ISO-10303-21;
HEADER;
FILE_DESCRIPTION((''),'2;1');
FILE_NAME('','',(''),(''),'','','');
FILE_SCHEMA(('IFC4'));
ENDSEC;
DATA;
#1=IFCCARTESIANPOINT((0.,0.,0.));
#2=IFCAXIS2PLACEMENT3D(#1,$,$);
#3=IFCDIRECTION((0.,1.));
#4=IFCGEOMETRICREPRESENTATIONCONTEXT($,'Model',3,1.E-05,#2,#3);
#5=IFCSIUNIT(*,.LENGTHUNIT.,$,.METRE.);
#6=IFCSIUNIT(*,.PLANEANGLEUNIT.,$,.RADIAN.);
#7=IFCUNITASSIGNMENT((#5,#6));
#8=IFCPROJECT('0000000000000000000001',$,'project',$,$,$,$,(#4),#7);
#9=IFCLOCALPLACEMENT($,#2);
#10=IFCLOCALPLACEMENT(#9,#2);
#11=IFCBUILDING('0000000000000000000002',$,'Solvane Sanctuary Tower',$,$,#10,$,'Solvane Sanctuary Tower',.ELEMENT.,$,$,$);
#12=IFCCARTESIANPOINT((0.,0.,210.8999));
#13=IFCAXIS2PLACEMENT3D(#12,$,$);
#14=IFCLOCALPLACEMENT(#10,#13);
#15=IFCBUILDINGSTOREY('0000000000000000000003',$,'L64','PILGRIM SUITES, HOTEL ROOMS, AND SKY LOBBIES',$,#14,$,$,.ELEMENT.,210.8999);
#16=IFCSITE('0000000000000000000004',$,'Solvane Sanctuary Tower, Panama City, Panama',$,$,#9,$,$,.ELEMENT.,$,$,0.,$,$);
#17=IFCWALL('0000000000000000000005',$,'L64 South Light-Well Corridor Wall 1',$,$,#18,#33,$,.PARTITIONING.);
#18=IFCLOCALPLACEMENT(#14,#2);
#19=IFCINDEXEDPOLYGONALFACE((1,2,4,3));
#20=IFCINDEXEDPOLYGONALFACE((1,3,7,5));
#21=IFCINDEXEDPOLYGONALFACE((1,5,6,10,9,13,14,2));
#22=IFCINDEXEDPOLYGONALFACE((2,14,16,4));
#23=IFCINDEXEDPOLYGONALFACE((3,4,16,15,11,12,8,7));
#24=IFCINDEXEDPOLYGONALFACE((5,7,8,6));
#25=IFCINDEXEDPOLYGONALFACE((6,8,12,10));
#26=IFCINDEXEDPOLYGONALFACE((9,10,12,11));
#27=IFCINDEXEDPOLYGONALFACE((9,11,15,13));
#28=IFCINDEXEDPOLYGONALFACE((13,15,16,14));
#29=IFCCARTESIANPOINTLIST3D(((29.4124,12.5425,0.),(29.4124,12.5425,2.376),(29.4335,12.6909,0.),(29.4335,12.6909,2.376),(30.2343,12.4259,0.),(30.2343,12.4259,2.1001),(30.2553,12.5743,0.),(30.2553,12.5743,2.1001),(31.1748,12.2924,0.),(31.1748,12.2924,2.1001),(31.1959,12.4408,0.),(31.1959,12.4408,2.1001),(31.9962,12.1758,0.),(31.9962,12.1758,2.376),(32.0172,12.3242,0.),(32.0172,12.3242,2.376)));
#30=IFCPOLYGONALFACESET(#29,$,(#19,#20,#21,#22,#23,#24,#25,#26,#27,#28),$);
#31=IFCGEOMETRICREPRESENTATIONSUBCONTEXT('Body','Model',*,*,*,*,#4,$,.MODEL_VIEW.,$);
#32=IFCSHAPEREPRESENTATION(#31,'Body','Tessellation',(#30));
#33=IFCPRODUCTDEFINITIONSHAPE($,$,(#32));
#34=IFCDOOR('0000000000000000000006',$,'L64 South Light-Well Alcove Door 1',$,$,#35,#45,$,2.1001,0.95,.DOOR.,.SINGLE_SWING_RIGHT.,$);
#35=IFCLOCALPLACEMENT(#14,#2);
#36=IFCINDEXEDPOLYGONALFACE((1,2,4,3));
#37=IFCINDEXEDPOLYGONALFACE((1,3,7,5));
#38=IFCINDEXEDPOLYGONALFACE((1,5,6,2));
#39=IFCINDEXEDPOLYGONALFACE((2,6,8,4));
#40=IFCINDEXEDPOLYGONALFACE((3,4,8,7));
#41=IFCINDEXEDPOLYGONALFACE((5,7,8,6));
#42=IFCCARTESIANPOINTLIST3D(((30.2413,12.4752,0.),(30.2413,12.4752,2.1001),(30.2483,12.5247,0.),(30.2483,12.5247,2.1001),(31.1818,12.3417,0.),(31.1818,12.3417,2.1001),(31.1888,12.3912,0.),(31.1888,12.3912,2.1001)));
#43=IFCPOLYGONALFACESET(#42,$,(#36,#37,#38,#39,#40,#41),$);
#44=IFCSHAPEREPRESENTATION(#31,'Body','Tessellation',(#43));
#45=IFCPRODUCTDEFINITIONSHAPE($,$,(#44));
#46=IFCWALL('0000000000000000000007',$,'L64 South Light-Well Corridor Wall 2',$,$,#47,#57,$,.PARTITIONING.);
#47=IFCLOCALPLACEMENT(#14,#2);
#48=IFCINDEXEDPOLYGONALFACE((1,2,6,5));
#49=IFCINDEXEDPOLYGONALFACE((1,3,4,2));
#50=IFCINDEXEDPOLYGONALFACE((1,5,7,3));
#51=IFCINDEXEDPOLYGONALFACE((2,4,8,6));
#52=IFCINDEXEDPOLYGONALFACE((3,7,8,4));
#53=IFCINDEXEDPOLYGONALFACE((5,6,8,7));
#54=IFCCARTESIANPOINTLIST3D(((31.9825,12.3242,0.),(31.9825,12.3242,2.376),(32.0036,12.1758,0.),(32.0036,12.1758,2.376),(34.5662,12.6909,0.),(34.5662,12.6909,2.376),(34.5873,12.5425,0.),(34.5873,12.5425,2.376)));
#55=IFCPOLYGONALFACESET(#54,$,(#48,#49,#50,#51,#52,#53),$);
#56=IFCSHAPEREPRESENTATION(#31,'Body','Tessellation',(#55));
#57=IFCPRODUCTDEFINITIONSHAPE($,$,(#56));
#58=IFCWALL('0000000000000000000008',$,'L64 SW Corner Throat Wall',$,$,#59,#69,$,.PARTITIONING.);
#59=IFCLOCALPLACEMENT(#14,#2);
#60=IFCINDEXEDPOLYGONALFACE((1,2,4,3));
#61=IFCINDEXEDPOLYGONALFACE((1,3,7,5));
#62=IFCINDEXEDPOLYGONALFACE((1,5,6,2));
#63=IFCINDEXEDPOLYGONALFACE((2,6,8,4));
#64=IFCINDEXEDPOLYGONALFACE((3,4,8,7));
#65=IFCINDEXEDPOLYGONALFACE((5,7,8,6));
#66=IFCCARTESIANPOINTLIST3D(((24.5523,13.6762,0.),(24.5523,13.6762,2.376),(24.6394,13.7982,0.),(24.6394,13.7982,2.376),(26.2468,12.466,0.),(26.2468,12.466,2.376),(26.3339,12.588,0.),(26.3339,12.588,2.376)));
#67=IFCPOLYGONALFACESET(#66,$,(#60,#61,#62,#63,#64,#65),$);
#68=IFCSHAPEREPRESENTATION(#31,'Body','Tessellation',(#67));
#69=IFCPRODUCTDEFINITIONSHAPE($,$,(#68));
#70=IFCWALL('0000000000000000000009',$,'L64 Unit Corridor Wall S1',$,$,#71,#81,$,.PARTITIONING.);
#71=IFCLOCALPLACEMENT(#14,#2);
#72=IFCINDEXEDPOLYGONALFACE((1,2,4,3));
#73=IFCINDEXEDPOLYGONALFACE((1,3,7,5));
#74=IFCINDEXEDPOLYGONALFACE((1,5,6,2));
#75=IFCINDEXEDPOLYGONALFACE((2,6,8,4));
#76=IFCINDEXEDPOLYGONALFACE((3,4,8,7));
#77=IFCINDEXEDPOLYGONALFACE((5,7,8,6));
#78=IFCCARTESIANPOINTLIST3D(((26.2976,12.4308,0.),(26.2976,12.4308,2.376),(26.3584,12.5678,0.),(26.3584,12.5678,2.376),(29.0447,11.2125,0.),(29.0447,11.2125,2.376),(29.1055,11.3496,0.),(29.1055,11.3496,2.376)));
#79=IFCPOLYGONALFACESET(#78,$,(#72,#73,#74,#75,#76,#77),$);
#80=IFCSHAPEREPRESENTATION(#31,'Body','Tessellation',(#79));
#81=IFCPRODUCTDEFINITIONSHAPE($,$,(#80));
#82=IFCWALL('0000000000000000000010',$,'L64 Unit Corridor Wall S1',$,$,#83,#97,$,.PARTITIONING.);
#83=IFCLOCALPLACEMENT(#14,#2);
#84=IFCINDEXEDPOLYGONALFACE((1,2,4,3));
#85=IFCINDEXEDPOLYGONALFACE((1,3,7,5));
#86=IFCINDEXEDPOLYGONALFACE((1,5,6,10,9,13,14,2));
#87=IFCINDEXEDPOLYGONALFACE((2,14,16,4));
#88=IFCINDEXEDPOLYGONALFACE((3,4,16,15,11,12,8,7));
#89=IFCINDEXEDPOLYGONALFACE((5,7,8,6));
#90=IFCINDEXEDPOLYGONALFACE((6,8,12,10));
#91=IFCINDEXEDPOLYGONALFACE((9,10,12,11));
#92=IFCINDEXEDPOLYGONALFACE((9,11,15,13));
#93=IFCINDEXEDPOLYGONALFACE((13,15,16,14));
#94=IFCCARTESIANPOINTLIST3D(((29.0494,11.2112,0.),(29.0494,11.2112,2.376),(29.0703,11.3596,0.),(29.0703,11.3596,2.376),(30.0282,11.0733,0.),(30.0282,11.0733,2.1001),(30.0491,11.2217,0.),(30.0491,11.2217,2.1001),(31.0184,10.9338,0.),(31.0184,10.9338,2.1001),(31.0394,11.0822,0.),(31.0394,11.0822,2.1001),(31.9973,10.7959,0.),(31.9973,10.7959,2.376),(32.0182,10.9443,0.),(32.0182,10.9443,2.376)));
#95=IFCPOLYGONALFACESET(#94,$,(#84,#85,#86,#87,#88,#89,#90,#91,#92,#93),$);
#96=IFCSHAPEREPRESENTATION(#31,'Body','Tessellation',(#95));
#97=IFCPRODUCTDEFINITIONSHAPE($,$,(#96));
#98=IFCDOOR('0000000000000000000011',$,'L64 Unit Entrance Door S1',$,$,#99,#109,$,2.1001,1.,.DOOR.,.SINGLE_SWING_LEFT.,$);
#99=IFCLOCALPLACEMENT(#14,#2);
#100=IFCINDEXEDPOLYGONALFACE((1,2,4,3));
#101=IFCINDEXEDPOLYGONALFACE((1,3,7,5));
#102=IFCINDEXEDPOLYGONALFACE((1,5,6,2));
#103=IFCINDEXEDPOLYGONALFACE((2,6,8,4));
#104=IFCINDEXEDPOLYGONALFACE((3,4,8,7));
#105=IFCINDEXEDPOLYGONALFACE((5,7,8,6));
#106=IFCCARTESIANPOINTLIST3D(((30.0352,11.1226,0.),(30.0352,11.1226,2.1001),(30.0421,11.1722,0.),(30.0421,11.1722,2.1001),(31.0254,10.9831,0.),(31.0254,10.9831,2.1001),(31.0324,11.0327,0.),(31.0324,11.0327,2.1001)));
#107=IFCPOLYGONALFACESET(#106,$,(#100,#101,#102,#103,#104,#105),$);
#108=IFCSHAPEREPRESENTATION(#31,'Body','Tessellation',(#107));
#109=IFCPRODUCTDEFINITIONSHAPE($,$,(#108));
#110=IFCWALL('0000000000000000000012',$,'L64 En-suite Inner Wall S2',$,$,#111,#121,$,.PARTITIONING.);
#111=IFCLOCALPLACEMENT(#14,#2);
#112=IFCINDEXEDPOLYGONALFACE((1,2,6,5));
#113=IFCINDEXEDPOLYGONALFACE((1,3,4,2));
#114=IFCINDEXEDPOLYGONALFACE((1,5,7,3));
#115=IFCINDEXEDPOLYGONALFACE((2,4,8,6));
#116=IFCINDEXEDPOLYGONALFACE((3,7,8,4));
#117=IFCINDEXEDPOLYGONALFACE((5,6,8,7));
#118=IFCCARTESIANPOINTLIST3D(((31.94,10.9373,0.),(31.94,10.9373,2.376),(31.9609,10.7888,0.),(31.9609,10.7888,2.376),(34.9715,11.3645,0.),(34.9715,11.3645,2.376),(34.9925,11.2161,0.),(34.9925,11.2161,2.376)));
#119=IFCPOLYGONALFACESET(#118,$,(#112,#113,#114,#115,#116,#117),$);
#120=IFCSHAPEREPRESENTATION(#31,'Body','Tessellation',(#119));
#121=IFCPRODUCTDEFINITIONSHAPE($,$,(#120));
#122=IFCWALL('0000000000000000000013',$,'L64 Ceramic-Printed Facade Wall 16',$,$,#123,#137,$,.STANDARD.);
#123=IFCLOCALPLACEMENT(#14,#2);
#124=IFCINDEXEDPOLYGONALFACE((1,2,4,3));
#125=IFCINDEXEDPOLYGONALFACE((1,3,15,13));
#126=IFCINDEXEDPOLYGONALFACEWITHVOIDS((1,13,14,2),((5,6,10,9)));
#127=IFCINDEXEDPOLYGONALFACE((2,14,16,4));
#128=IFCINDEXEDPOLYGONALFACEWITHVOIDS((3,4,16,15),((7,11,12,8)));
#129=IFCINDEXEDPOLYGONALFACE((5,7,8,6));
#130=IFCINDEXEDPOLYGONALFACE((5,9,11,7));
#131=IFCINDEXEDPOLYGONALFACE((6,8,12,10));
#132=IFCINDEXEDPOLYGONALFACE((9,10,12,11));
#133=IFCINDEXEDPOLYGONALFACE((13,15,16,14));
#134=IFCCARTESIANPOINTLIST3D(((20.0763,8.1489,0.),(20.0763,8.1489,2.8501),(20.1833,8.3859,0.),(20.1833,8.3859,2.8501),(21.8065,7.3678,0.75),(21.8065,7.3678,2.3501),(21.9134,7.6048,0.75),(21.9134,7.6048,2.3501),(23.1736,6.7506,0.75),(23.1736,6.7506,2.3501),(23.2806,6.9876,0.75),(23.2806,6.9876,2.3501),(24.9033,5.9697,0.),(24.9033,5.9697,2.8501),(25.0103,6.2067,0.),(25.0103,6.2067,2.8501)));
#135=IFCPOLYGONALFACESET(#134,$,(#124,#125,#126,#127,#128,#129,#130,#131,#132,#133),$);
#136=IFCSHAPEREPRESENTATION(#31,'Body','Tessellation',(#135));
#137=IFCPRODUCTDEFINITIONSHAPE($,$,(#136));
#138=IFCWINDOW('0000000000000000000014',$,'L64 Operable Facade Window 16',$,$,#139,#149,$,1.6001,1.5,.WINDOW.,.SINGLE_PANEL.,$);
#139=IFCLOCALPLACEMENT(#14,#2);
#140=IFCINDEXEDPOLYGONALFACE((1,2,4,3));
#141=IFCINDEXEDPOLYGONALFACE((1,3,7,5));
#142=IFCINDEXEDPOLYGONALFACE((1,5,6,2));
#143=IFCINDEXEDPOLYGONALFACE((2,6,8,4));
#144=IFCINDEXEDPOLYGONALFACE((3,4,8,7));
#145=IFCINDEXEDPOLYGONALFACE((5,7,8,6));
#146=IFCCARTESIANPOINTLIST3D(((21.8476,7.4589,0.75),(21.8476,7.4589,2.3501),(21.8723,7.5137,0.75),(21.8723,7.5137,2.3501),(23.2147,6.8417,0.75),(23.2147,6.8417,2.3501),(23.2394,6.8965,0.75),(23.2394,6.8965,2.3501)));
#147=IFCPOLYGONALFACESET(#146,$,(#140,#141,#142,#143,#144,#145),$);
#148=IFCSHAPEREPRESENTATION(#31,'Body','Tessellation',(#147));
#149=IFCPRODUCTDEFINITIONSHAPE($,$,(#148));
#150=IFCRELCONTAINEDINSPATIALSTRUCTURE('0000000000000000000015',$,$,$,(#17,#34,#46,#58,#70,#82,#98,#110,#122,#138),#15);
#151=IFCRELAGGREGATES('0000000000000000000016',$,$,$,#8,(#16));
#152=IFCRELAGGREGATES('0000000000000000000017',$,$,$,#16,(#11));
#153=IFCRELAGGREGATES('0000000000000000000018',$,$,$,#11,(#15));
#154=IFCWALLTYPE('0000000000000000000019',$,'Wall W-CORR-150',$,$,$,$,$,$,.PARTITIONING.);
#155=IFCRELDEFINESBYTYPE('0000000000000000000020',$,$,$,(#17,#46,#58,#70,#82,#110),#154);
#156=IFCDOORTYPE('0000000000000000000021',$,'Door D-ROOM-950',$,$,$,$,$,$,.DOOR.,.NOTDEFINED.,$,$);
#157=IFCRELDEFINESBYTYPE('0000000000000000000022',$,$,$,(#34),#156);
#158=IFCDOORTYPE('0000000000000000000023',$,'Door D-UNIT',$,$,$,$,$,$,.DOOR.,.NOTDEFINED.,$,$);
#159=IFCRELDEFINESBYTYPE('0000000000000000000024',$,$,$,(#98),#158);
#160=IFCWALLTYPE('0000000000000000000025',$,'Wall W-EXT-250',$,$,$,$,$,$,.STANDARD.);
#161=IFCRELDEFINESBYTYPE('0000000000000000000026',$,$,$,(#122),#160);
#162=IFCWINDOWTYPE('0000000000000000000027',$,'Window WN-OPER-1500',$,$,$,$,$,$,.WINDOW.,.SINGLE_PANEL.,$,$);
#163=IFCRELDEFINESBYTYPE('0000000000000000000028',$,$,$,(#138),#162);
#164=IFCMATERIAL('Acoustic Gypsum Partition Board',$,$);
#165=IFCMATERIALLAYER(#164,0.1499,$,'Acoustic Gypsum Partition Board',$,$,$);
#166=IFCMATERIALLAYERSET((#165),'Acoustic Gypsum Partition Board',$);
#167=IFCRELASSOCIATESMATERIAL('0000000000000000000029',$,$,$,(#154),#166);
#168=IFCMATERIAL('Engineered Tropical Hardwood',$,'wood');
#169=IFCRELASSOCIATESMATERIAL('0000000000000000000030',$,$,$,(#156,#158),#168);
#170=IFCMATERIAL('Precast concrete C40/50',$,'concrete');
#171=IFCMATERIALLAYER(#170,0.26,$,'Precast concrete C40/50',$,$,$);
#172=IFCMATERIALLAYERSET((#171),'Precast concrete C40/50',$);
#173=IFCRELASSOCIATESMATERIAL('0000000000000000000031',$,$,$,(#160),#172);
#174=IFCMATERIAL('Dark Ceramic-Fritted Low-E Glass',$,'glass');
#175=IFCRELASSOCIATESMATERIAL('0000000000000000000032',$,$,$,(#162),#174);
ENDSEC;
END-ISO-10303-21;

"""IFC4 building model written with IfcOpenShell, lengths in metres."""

from ifc_helpers import new_model, si_unit, direction, frame, frame_2d, origin, place, context, subcontext, project, spatial, rectangle, extrude, material, layer, layer_set, type_object, element, fill, save


model = new_model("IFC4")

# Units and contexts
model_context = context("Model", 3, precision=1e-05, world=origin(), true_north=direction((0.0, 1.0)))
body_context = subcontext(model_context, "Body", "Model", "MODEL_VIEW")
ifc_project = project(units=[si_unit("LENGTHUNIT", "METRE"), si_unit("PLANEANGLEUNIT", "RADIAN")], contexts=[model_context])

# Site, building, storey
site_placement = place(None, origin())
site = spatial("IfcSite", under=ifc_project, at=site_placement, Name="Solvane Sanctuary Tower, Panama City, Panama", CompositionType="ELEMENT", RefElevation=0.0)
building_placement = place(site_placement, origin())
building = spatial("IfcBuilding", under=site, at=building_placement, Name="Solvane Sanctuary Tower", LongName="Solvane Sanctuary Tower", CompositionType="ELEMENT")
storey_placement = place(building_placement, frame((0.0, 0.0, 210.8999)))
storey = spatial("IfcBuildingStorey", under=building, at=storey_placement, Name="L64", Description="PILGRIM SUITES, HOTEL ROOMS, AND SKY LOBBIES", CompositionType="ELEMENT", Elevation=210.8999)

# Shared definitions
ifc_material_1 = material(Name="Acoustic Gypsum Partition Board")
ifc_layer_1 = layer(ifc_material_1, 0.1499, Name="Acoustic Gypsum Partition Board")
ifc_layer_set_1 = layer_set([ifc_layer_1], Name="Acoustic Gypsum Partition Board")
wall_type_1 = type_object("IfcWallType", Name="Wall W-CORR-150", PredefinedType="PARTITIONING", material=ifc_layer_set_1)

# Wall, opening, door
wall_1_placement = place(storey_placement, frame((29.4231, 12.6167, 0.0), z_axis=(0.0, 0.0, 1.0), x_axis=(0.990078, -0.140518, 0.0)))
wall_1 = element("IfcWall", 1, at=wall_1_placement, inside=storey, type_object=wall_type_1, Name="L64 South Light-Well Corridor Wall 1", PredefinedType="PARTITIONING", context=body_context, shape_type="SweptSolid", body=[
    extrude(rectangle(XDim=2.6096, YDim=0.1499, at=frame_2d((1.3047, 0.0))), origin(), (0.0, 0.0, 1.0), 2.376),
])
opening_1_placement = place(wall_1_placement, frame((0.8298, 0.0, 0.0)))
opening_1 = element("IfcOpeningElement", 2, at=opening_1_placement, cuts=wall_1, PredefinedType="OPENING", context=body_context, shape_type="SweptSolid", body=[
    extrude(rectangle(XDim=0.95, YDim=2.1001, at=frame_2d((0.4751, 1.05))), frame((0.0, 0.085, 0.0), z_axis=(0.0, -1.0, 0.0), x_axis=(1.0, 0.0, 0.0)), (0.0, 0.0, 1.0), 0.1699),
])
ifc_material_2 = material(Name="Engineered Tropical Hardwood", Category="wood")
door_type_1 = type_object("IfcDoorType", Name="Door D-ROOM-950", OperationType="NOTDEFINED", PredefinedType="DOOR", material=ifc_material_2)
door_1_placement = place(opening_1_placement, origin())
door_1 = element("IfcDoor", 3, at=door_1_placement, inside=storey, type_object=door_type_1, Name="L64 South Light-Well Alcove Door 1", OperationType="SINGLE_SWING_RIGHT", OverallHeight=2.1001, OverallWidth=0.95, PredefinedType="DOOR", context=body_context, shape_type="SweptSolid", body=[
    extrude(rectangle(XDim=0.95, YDim=2.1001, at=frame_2d((0.4751, 1.05))), frame((0.0, 0.0249, 0.0), z_axis=(0.0, -1.0, 0.0), x_axis=(1.0, 0.0, 0.0)), (0.0, 0.0, 1.0), 0.05),
])
fill(opening_1, door_1)

# Walls
wall_2_placement = place(storey_placement, frame((31.9932, 12.25, 0.0), z_axis=(0.0, 0.0, 1.0), x_axis=(0.990078, 0.140518, 0.0)))
element("IfcWall", 4, at=wall_2_placement, inside=storey, type_object=wall_type_1, Name="L64 South Light-Well Corridor Wall 2", PredefinedType="PARTITIONING", context=body_context, shape_type="SweptSolid", body=[
    extrude(rectangle(XDim=2.6096, YDim=0.1499, at=frame_2d((1.3047, 0.0))), origin(), (0.0, 0.0, 1.0), 2.376),
])
wall_3_placement = place(storey_placement, frame((26.2903, 12.5271, 0.0), z_axis=(0.0, 0.0, 1.0), x_axis=(-0.813781, 0.581172, 0.0)))
element("IfcWall", 5, at=wall_3_placement, inside=storey, type_object=wall_type_1, Name="L64 SW Corner Throat Wall", PredefinedType="PARTITIONING", context=body_context, shape_type="SweptSolid", body=[
    extrude(rectangle(XDim=2.0823, YDim=0.1499, at=frame_2d((1.041, 0.0))), origin(), (0.0, 0.0, 1.0), 2.376),
])
wall_4_placement = place(storey_placement, frame((26.3281, 12.4993, 0.0), z_axis=(0.0, 0.0, 1.0), x_axis=(0.91414, -0.4054, 0.0)))
element("IfcWall", 6, at=wall_4_placement, inside=storey, type_object=wall_type_1, Name="L64 Unit Corridor Wall S1", PredefinedType="PARTITIONING", context=body_context, shape_type="SweptSolid", body=[
    extrude(rectangle(XDim=3.0051, YDim=0.1499, at=frame_2d((1.5024, 0.0))), origin(), (0.0, 0.0, 1.0), 2.376),
])

# Wall, opening, door
wall_5_placement = place(storey_placement, frame((29.0598, 11.2854, 0.0), z_axis=(0.0, 0.0, 1.0), x_axis=(0.990223, -0.139492, 0.0)))
wall_5 = element("IfcWall", 7, at=wall_5_placement, inside=storey, type_object=wall_type_1, Name="L64 Unit Corridor Wall S1", PredefinedType="PARTITIONING", context=body_context, shape_type="SweptSolid", body=[
    extrude(rectangle(XDim=2.9771, YDim=0.1499, at=frame_2d((1.4885, 0.0))), origin(), (0.0, 0.0, 1.0), 2.376),
])
opening_2_placement = place(wall_5_placement, frame((0.9885, 0.0, 0.0)))
opening_2 = element("IfcOpeningElement", 8, at=opening_2_placement, cuts=wall_5, PredefinedType="OPENING", context=body_context, shape_type="SweptSolid", body=[
    extrude(rectangle(XDim=1.0, YDim=2.1001, at=frame_2d((0.5, 1.05))), frame((0.0, 0.085, 0.0), z_axis=(0.0, -1.0, 0.0), x_axis=(1.0, 0.0, 0.0)), (0.0, 0.0, 1.0), 0.1699),
])
door_type_2 = type_object("IfcDoorType", Name="Door D-UNIT", OperationType="NOTDEFINED", PredefinedType="DOOR", material=ifc_material_2)
door_2_placement = place(opening_2_placement, origin())
door_2 = element("IfcDoor", 9, at=door_2_placement, inside=storey, type_object=door_type_2, Name="L64 Unit Entrance Door S1", OperationType="SINGLE_SWING_LEFT", OverallHeight=2.1001, OverallWidth=1.0, PredefinedType="DOOR", context=body_context, shape_type="SweptSolid", body=[
    extrude(rectangle(XDim=1.0, YDim=2.1001, at=frame_2d((0.5, 1.05))), frame((0.0, 0.0249, 0.0), z_axis=(0.0, -1.0, 0.0), x_axis=(1.0, 0.0, 0.0)), (0.0, 0.0, 1.0), 0.05),
])
fill(opening_2, door_2)

# Wall
wall_6_placement = place(storey_placement, frame((31.9504, 10.863, 0.0), z_axis=(0.0, 0.0, 1.0), x_axis=(0.990214, 0.139557, 0.0)))
element("IfcWall", 10, at=wall_6_placement, inside=storey, type_object=wall_type_1, Name="L64 En-suite Inner Wall S2", PredefinedType="PARTITIONING", context=body_context, shape_type="SweptSolid", body=[
    extrude(rectangle(XDim=3.0615, YDim=0.1499, at=frame_2d((1.5308, 0.0))), origin(), (0.0, 0.0, 1.0), 2.376),
])

# Wall, opening, window
ifc_material_3 = material(Name="Precast concrete C40/50", Category="concrete")
ifc_layer_2 = layer(ifc_material_3, 0.26, Name="Precast concrete C40/50")
ifc_layer_set_2 = layer_set([ifc_layer_2], Name="Precast concrete C40/50")
wall_type_2 = type_object("IfcWallType", Name="Wall W-EXT-250", PredefinedType="STANDARD", material=ifc_layer_set_2)
wall_7_placement = place(storey_placement, frame((20.1299, 8.2673, 0.0), z_axis=(0.0, 0.0, 1.0), x_axis=(0.911427, -0.411461, 0.0)))
wall_7 = element("IfcWall", 11, at=wall_7_placement, inside=storey, type_object=wall_type_2, Name="L64 Ceramic-Printed Facade Wall 16", PredefinedType="STANDARD", context=body_context, shape_type="SweptSolid", body=[
    extrude(rectangle(XDim=5.2961, YDim=0.26, at=frame_2d((2.6479, 0.0))), origin(), (0.0, 0.0, 1.0), 2.8501),
])
opening_3_placement = place(wall_7_placement, frame((1.8982, 0.0, 0.75)))
opening_3 = element("IfcOpeningElement", 12, at=opening_3_placement, cuts=wall_7, PredefinedType="OPENING", context=body_context, shape_type="SweptSolid", body=[
    extrude(rectangle(XDim=1.5, YDim=1.6001, at=frame_2d((0.75, 0.8))), frame((0.0, 0.1399, 0.0), z_axis=(0.0, -1.0, 0.0), x_axis=(1.0, 0.0, 0.0)), (0.0, 0.0, 1.0), 0.28),
])
ifc_material_4 = material(Name="Dark Ceramic-Fritted Low-E Glass", Category="glass")
window_type_1 = type_object("IfcWindowType", Name="Window WN-OPER-1500", PartitioningType="SINGLE_PANEL", PredefinedType="WINDOW", material=ifc_material_4)
window_1_placement = place(opening_3_placement, origin())
window_1 = element("IfcWindow", 13, at=window_1_placement, inside=storey, type_object=window_type_1, Name="L64 Operable Facade Window 16", OverallHeight=1.6001, OverallWidth=1.5, PartitioningType="SINGLE_PANEL", PredefinedType="WINDOW", context=body_context, shape_type="SweptSolid", body=[
    extrude(rectangle(XDim=1.5, YDim=1.6001, at=frame_2d((0.75, 0.8))), frame((0.0, 0.03, 0.0), z_axis=(0.0, -1.0, 0.0), x_axis=(1.0, 0.0, 0.0)), (0.0, 0.0, 1.0), 0.0601),
])
fill(opening_3, window_1)

save(model, "model.ifc")
